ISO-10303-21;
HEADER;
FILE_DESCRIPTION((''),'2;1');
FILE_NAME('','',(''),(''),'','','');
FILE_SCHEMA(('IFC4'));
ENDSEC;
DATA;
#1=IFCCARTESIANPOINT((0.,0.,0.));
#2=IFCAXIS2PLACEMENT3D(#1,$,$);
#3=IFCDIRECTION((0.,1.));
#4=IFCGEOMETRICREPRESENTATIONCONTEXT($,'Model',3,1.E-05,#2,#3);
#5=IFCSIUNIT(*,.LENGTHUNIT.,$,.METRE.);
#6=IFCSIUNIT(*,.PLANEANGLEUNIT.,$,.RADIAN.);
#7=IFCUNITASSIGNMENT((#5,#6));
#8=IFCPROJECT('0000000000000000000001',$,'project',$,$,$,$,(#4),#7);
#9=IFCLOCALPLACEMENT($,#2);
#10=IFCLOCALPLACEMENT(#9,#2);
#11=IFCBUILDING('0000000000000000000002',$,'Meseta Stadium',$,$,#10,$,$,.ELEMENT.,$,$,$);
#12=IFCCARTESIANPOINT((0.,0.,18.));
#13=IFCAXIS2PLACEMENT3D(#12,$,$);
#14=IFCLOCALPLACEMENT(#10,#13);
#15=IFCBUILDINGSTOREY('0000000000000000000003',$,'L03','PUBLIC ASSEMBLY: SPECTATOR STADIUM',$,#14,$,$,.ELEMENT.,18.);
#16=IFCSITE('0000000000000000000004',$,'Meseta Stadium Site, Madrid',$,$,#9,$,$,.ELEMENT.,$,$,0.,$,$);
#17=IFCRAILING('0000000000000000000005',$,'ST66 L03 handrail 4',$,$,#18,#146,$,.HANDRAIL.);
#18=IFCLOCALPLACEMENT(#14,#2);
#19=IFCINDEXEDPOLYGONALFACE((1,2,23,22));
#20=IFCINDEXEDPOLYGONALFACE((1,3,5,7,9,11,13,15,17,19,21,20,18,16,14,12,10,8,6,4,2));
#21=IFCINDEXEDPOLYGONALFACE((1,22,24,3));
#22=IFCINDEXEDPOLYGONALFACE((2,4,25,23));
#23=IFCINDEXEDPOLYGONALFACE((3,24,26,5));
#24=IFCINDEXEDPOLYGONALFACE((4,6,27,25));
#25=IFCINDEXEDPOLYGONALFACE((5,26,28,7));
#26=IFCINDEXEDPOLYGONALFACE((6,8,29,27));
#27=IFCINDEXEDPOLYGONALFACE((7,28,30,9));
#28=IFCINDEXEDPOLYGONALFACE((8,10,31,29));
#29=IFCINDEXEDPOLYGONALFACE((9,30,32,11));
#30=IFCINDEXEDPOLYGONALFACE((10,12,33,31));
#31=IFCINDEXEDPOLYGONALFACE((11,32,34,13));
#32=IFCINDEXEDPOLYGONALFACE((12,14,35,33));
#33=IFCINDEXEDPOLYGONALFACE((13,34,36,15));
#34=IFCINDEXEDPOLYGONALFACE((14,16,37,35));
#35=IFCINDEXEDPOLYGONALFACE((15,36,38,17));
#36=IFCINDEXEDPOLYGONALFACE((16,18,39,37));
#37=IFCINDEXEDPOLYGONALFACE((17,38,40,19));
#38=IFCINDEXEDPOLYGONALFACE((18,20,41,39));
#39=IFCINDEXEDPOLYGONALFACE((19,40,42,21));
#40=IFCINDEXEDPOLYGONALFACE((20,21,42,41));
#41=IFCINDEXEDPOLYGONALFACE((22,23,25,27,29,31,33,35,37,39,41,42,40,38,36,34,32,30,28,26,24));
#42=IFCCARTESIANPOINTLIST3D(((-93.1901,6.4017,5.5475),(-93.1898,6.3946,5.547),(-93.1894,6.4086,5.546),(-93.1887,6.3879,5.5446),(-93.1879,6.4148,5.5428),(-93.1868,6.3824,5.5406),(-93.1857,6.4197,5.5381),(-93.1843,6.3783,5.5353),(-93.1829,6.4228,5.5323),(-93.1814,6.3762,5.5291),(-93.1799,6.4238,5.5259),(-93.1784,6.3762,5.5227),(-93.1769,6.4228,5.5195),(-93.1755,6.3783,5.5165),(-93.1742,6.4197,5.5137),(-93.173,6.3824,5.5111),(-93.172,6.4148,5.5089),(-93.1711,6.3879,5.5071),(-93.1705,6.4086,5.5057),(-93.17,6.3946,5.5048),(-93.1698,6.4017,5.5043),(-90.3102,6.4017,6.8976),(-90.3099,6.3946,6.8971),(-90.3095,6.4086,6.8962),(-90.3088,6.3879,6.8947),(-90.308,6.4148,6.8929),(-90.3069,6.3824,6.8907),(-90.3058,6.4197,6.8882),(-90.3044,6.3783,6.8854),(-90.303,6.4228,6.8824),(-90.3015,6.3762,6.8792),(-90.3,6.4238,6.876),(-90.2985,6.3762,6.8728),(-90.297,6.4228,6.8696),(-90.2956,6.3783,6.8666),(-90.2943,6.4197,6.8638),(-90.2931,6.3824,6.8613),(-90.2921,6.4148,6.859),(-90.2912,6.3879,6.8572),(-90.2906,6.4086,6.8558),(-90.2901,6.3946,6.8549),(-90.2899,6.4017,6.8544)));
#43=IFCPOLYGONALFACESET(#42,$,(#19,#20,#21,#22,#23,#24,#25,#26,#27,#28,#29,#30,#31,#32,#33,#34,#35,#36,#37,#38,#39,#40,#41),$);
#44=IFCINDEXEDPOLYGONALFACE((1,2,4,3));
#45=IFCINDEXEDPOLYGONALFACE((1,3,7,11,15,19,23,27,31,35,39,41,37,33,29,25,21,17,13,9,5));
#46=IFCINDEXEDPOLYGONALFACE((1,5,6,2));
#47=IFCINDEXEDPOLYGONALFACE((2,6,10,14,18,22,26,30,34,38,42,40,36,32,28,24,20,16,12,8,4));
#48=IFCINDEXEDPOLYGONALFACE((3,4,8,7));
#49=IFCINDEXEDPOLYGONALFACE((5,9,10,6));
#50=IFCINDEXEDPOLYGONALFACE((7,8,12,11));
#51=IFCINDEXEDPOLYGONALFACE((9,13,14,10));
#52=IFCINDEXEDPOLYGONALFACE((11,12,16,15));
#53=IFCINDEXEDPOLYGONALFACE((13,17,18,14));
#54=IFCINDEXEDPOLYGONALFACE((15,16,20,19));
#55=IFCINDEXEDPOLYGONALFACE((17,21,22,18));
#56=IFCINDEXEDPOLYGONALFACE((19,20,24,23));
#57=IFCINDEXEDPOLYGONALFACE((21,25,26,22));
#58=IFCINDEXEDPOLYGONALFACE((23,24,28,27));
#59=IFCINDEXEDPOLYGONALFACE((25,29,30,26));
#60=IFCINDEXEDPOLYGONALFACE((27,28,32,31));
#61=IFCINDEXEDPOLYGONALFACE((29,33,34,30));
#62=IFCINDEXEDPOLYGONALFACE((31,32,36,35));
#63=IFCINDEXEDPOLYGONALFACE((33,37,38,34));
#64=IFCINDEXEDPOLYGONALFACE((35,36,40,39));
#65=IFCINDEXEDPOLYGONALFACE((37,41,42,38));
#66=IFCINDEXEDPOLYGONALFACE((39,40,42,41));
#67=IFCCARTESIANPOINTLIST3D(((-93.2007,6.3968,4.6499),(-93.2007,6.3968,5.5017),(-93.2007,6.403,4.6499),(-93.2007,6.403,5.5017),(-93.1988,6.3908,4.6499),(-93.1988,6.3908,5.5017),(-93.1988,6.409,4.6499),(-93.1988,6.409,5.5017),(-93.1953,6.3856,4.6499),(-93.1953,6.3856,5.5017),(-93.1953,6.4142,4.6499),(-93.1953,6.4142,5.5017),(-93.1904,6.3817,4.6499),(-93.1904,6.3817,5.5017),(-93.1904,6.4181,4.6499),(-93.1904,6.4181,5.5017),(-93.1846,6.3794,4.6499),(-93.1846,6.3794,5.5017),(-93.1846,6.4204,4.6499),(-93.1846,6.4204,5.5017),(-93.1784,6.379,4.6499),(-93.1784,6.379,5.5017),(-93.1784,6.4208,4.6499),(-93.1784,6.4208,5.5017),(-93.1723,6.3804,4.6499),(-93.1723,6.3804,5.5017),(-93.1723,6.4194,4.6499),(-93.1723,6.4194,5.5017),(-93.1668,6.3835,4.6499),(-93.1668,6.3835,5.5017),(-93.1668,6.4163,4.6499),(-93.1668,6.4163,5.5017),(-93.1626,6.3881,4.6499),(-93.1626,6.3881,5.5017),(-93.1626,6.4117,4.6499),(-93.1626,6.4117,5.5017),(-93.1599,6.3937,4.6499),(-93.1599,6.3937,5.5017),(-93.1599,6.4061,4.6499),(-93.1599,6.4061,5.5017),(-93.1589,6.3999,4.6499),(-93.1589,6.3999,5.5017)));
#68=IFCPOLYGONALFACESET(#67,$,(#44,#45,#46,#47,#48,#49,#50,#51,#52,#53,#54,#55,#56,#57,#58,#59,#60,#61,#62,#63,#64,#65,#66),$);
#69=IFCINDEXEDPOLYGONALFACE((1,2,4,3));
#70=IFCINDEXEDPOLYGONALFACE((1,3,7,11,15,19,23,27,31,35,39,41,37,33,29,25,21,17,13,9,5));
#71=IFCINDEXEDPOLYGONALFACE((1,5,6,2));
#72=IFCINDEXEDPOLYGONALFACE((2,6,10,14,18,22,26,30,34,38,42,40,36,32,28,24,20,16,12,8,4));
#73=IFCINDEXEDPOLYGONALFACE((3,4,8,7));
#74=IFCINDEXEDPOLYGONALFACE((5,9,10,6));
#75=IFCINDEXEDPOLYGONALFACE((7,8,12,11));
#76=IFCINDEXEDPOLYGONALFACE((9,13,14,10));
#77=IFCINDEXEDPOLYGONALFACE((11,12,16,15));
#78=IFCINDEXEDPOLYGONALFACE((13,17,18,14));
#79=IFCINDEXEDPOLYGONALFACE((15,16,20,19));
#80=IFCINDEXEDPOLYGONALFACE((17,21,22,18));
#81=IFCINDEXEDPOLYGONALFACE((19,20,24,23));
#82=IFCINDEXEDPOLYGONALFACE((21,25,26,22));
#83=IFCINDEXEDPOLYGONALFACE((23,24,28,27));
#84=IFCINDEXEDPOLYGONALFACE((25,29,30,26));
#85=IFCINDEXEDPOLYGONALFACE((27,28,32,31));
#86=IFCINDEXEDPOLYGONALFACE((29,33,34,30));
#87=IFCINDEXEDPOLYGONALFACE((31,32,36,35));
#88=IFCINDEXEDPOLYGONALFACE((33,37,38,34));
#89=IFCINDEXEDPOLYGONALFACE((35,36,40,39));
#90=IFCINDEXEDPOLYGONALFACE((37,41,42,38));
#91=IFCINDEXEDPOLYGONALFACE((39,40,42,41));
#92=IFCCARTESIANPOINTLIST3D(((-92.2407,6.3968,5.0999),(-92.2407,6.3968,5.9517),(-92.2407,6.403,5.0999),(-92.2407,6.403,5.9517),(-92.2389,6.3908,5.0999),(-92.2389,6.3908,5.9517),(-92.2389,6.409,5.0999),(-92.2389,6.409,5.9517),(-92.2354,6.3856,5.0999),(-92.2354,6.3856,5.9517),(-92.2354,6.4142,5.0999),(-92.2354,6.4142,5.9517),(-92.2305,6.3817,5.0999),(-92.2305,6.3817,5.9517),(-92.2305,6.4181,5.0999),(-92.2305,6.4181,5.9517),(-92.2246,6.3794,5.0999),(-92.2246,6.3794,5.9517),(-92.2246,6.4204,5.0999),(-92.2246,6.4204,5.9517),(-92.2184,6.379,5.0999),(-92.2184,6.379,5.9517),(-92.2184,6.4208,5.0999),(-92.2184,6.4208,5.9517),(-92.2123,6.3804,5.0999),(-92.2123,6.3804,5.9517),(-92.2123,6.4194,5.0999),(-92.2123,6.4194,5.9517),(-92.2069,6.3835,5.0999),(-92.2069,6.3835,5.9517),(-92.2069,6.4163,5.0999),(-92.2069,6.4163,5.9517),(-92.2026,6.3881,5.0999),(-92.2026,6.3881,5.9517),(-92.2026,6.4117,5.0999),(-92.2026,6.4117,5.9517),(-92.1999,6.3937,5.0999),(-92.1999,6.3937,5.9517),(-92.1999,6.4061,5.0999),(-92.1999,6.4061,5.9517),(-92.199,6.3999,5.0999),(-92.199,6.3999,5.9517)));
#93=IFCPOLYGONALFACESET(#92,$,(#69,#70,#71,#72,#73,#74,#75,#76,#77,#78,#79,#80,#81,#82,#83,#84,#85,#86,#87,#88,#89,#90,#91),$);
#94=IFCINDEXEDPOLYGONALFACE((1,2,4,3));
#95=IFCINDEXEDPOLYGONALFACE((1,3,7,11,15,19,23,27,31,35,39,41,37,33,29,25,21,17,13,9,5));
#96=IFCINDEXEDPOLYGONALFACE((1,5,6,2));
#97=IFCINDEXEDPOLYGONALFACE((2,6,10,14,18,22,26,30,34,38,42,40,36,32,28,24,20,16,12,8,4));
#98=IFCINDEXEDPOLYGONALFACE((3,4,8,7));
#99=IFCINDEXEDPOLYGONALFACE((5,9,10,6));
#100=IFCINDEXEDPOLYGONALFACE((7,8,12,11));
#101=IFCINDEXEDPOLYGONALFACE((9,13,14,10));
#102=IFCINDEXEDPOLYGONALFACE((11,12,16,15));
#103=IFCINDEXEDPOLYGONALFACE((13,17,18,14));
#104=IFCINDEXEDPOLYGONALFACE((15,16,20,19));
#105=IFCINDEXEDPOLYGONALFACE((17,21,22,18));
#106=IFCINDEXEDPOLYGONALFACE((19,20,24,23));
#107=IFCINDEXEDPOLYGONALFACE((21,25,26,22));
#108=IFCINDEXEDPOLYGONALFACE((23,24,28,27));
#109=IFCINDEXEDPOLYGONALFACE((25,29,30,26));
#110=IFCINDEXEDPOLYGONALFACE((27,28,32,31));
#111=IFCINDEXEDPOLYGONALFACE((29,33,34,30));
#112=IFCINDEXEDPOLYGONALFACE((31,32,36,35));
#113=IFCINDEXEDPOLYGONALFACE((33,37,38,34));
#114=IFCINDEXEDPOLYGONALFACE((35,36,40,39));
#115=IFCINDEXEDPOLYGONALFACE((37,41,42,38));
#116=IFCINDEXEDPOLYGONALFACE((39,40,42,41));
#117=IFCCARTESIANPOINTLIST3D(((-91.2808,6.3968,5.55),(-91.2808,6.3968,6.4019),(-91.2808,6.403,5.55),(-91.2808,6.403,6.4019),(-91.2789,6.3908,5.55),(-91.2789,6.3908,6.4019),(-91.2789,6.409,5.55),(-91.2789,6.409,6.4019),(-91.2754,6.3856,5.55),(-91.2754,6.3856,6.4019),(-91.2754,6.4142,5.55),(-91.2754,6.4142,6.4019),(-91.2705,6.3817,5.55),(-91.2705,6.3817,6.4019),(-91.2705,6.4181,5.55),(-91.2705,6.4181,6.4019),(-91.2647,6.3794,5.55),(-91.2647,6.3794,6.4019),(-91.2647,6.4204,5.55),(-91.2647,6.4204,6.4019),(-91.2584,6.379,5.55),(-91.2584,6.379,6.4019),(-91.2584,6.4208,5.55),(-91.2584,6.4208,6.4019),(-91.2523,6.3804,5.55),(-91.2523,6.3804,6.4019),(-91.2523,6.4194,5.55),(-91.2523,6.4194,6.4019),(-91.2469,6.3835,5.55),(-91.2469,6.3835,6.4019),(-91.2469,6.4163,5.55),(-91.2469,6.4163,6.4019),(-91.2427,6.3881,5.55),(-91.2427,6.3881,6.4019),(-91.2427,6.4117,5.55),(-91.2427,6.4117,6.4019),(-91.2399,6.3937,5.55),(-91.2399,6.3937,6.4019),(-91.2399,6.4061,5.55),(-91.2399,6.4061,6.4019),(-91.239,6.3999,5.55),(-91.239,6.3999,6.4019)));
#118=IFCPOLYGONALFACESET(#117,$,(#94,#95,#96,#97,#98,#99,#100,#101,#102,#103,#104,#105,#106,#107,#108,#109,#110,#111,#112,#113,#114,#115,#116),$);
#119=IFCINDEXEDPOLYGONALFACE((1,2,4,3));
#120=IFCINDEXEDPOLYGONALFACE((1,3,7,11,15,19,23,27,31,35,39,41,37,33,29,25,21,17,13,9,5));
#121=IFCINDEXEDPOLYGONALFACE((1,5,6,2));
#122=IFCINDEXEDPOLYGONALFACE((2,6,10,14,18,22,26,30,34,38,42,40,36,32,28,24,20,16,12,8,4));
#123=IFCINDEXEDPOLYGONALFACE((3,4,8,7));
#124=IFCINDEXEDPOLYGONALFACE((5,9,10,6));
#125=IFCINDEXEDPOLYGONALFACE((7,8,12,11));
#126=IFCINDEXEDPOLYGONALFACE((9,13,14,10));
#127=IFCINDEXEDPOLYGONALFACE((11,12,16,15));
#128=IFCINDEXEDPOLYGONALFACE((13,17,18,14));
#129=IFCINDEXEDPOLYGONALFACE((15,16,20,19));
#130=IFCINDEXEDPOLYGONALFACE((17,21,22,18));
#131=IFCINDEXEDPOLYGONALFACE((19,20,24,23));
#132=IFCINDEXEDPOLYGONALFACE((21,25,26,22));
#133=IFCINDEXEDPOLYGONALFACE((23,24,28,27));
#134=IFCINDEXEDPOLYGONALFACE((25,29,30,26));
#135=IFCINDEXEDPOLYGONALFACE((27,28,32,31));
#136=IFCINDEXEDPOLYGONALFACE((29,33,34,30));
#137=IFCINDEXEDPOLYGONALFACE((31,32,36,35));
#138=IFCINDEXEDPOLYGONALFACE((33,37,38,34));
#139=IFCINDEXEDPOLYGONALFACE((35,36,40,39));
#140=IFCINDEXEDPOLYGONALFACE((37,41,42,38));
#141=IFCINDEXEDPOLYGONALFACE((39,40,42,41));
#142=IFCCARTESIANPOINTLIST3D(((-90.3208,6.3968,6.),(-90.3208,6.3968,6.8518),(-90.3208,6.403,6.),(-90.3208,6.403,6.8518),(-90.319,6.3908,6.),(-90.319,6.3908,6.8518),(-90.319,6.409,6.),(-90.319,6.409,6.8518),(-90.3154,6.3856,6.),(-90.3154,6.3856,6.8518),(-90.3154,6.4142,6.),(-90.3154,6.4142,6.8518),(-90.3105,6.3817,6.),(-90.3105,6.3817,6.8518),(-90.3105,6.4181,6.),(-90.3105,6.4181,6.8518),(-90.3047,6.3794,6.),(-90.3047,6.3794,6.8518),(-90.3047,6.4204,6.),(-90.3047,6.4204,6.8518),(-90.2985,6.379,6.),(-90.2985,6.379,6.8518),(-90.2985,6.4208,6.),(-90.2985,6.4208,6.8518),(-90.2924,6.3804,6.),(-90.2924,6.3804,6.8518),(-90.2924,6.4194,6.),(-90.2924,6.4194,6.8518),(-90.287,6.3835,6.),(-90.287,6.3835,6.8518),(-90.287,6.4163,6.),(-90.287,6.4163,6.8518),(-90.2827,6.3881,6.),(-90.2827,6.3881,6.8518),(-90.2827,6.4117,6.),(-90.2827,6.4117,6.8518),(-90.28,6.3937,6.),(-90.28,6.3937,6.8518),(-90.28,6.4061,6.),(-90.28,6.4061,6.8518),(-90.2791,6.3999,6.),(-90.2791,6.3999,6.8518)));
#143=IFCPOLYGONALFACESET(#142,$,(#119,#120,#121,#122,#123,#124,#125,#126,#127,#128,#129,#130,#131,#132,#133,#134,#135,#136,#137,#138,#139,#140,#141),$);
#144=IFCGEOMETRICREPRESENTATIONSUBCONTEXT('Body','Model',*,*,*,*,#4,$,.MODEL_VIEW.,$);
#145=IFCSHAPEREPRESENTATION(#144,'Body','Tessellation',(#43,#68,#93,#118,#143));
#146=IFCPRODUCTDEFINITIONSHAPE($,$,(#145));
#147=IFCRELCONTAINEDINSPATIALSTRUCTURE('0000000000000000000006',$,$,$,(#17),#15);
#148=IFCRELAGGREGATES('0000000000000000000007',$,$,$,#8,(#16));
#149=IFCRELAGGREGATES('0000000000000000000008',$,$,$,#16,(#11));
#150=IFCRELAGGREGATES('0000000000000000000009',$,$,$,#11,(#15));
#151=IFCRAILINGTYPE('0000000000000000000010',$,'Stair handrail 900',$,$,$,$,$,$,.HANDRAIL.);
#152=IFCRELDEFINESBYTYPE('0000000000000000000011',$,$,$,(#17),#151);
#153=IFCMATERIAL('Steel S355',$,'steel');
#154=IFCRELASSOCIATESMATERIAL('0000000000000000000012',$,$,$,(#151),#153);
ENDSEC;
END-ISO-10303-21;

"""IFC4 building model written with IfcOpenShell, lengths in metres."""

from ifc_helpers import new_model, si_unit, direction, frame, origin, origin_2d, place, context, subcontext, project, spatial, circle, extrude, material, type_object, element, save


model = new_model("IFC4")

# Units and contexts
model_context = context("Model", 3, precision=1e-05, world=origin(), true_north=direction((0.0, 1.0)))
body_context = subcontext(model_context, "Body", "Model", "MODEL_VIEW")
ifc_project = project(units=[si_unit("LENGTHUNIT", "METRE"), si_unit("PLANEANGLEUNIT", "RADIAN")], contexts=[model_context])

# Site, building, storey
site_placement = place(None, origin())
site = spatial("IfcSite", under=ifc_project, at=site_placement, Name="Meseta Stadium Site, Madrid", CompositionType="ELEMENT", RefElevation=0.0)
building_placement = place(site_placement, origin())
building = spatial("IfcBuilding", under=site, at=building_placement, Name="Meseta Stadium", CompositionType="ELEMENT")
storey_placement = place(building_placement, frame((0.0, 0.0, 18.0)))
storey = spatial("IfcBuildingStorey", under=building, at=storey_placement, Name="L03", Description="PUBLIC ASSEMBLY: SPECTATOR STADIUM", CompositionType="ELEMENT", Elevation=18.0)

# Railing
ifc_material_1 = material(Name="Steel S355", Category="steel")
railing_type_1 = type_object("IfcRailingType", Name="Stair handrail 900", PredefinedType="HANDRAIL", material=ifc_material_1)
for number, where, name in (
    (1, (-93.1799, 6.3999, 4.6499), "ST66 L03 handrail 4"),
):
    element("IfcRailing", number, at=place(storey_placement, frame(where)), inside=storey, type_object=railing_type_1, Name=name, PredefinedType="HANDRAIL", context=body_context, shape_type="SweptSolid", body=[
        extrude(circle(Radius=0.0239, at=origin_2d()), frame((0.0, 0.0, 0.876), z_axis=(0.90544, 0.0, 0.424473), x_axis=(0.0, 1.0, 0.0)), (0.0, 0.0, 1.0), 3.1807),
        extrude(circle(Radius=0.021, at=origin_2d()), origin(), (0.0, 0.0, 1.0), 0.8518),
        extrude(circle(Radius=0.021, at=origin_2d()), frame((0.96, 0.0, 0.45)), (0.0, 0.0, 1.0), 0.8518),
        extrude(circle(Radius=0.021, at=origin_2d()), frame((1.9199, 0.0, 0.9001)), (0.0, 0.0, 1.0), 0.8518),
        extrude(circle(Radius=0.021, at=origin_2d()), frame((2.8799, 0.0, 1.3501)), (0.0, 0.0, 1.0), 0.8518),
    ])

save(model, "model.ifc")
